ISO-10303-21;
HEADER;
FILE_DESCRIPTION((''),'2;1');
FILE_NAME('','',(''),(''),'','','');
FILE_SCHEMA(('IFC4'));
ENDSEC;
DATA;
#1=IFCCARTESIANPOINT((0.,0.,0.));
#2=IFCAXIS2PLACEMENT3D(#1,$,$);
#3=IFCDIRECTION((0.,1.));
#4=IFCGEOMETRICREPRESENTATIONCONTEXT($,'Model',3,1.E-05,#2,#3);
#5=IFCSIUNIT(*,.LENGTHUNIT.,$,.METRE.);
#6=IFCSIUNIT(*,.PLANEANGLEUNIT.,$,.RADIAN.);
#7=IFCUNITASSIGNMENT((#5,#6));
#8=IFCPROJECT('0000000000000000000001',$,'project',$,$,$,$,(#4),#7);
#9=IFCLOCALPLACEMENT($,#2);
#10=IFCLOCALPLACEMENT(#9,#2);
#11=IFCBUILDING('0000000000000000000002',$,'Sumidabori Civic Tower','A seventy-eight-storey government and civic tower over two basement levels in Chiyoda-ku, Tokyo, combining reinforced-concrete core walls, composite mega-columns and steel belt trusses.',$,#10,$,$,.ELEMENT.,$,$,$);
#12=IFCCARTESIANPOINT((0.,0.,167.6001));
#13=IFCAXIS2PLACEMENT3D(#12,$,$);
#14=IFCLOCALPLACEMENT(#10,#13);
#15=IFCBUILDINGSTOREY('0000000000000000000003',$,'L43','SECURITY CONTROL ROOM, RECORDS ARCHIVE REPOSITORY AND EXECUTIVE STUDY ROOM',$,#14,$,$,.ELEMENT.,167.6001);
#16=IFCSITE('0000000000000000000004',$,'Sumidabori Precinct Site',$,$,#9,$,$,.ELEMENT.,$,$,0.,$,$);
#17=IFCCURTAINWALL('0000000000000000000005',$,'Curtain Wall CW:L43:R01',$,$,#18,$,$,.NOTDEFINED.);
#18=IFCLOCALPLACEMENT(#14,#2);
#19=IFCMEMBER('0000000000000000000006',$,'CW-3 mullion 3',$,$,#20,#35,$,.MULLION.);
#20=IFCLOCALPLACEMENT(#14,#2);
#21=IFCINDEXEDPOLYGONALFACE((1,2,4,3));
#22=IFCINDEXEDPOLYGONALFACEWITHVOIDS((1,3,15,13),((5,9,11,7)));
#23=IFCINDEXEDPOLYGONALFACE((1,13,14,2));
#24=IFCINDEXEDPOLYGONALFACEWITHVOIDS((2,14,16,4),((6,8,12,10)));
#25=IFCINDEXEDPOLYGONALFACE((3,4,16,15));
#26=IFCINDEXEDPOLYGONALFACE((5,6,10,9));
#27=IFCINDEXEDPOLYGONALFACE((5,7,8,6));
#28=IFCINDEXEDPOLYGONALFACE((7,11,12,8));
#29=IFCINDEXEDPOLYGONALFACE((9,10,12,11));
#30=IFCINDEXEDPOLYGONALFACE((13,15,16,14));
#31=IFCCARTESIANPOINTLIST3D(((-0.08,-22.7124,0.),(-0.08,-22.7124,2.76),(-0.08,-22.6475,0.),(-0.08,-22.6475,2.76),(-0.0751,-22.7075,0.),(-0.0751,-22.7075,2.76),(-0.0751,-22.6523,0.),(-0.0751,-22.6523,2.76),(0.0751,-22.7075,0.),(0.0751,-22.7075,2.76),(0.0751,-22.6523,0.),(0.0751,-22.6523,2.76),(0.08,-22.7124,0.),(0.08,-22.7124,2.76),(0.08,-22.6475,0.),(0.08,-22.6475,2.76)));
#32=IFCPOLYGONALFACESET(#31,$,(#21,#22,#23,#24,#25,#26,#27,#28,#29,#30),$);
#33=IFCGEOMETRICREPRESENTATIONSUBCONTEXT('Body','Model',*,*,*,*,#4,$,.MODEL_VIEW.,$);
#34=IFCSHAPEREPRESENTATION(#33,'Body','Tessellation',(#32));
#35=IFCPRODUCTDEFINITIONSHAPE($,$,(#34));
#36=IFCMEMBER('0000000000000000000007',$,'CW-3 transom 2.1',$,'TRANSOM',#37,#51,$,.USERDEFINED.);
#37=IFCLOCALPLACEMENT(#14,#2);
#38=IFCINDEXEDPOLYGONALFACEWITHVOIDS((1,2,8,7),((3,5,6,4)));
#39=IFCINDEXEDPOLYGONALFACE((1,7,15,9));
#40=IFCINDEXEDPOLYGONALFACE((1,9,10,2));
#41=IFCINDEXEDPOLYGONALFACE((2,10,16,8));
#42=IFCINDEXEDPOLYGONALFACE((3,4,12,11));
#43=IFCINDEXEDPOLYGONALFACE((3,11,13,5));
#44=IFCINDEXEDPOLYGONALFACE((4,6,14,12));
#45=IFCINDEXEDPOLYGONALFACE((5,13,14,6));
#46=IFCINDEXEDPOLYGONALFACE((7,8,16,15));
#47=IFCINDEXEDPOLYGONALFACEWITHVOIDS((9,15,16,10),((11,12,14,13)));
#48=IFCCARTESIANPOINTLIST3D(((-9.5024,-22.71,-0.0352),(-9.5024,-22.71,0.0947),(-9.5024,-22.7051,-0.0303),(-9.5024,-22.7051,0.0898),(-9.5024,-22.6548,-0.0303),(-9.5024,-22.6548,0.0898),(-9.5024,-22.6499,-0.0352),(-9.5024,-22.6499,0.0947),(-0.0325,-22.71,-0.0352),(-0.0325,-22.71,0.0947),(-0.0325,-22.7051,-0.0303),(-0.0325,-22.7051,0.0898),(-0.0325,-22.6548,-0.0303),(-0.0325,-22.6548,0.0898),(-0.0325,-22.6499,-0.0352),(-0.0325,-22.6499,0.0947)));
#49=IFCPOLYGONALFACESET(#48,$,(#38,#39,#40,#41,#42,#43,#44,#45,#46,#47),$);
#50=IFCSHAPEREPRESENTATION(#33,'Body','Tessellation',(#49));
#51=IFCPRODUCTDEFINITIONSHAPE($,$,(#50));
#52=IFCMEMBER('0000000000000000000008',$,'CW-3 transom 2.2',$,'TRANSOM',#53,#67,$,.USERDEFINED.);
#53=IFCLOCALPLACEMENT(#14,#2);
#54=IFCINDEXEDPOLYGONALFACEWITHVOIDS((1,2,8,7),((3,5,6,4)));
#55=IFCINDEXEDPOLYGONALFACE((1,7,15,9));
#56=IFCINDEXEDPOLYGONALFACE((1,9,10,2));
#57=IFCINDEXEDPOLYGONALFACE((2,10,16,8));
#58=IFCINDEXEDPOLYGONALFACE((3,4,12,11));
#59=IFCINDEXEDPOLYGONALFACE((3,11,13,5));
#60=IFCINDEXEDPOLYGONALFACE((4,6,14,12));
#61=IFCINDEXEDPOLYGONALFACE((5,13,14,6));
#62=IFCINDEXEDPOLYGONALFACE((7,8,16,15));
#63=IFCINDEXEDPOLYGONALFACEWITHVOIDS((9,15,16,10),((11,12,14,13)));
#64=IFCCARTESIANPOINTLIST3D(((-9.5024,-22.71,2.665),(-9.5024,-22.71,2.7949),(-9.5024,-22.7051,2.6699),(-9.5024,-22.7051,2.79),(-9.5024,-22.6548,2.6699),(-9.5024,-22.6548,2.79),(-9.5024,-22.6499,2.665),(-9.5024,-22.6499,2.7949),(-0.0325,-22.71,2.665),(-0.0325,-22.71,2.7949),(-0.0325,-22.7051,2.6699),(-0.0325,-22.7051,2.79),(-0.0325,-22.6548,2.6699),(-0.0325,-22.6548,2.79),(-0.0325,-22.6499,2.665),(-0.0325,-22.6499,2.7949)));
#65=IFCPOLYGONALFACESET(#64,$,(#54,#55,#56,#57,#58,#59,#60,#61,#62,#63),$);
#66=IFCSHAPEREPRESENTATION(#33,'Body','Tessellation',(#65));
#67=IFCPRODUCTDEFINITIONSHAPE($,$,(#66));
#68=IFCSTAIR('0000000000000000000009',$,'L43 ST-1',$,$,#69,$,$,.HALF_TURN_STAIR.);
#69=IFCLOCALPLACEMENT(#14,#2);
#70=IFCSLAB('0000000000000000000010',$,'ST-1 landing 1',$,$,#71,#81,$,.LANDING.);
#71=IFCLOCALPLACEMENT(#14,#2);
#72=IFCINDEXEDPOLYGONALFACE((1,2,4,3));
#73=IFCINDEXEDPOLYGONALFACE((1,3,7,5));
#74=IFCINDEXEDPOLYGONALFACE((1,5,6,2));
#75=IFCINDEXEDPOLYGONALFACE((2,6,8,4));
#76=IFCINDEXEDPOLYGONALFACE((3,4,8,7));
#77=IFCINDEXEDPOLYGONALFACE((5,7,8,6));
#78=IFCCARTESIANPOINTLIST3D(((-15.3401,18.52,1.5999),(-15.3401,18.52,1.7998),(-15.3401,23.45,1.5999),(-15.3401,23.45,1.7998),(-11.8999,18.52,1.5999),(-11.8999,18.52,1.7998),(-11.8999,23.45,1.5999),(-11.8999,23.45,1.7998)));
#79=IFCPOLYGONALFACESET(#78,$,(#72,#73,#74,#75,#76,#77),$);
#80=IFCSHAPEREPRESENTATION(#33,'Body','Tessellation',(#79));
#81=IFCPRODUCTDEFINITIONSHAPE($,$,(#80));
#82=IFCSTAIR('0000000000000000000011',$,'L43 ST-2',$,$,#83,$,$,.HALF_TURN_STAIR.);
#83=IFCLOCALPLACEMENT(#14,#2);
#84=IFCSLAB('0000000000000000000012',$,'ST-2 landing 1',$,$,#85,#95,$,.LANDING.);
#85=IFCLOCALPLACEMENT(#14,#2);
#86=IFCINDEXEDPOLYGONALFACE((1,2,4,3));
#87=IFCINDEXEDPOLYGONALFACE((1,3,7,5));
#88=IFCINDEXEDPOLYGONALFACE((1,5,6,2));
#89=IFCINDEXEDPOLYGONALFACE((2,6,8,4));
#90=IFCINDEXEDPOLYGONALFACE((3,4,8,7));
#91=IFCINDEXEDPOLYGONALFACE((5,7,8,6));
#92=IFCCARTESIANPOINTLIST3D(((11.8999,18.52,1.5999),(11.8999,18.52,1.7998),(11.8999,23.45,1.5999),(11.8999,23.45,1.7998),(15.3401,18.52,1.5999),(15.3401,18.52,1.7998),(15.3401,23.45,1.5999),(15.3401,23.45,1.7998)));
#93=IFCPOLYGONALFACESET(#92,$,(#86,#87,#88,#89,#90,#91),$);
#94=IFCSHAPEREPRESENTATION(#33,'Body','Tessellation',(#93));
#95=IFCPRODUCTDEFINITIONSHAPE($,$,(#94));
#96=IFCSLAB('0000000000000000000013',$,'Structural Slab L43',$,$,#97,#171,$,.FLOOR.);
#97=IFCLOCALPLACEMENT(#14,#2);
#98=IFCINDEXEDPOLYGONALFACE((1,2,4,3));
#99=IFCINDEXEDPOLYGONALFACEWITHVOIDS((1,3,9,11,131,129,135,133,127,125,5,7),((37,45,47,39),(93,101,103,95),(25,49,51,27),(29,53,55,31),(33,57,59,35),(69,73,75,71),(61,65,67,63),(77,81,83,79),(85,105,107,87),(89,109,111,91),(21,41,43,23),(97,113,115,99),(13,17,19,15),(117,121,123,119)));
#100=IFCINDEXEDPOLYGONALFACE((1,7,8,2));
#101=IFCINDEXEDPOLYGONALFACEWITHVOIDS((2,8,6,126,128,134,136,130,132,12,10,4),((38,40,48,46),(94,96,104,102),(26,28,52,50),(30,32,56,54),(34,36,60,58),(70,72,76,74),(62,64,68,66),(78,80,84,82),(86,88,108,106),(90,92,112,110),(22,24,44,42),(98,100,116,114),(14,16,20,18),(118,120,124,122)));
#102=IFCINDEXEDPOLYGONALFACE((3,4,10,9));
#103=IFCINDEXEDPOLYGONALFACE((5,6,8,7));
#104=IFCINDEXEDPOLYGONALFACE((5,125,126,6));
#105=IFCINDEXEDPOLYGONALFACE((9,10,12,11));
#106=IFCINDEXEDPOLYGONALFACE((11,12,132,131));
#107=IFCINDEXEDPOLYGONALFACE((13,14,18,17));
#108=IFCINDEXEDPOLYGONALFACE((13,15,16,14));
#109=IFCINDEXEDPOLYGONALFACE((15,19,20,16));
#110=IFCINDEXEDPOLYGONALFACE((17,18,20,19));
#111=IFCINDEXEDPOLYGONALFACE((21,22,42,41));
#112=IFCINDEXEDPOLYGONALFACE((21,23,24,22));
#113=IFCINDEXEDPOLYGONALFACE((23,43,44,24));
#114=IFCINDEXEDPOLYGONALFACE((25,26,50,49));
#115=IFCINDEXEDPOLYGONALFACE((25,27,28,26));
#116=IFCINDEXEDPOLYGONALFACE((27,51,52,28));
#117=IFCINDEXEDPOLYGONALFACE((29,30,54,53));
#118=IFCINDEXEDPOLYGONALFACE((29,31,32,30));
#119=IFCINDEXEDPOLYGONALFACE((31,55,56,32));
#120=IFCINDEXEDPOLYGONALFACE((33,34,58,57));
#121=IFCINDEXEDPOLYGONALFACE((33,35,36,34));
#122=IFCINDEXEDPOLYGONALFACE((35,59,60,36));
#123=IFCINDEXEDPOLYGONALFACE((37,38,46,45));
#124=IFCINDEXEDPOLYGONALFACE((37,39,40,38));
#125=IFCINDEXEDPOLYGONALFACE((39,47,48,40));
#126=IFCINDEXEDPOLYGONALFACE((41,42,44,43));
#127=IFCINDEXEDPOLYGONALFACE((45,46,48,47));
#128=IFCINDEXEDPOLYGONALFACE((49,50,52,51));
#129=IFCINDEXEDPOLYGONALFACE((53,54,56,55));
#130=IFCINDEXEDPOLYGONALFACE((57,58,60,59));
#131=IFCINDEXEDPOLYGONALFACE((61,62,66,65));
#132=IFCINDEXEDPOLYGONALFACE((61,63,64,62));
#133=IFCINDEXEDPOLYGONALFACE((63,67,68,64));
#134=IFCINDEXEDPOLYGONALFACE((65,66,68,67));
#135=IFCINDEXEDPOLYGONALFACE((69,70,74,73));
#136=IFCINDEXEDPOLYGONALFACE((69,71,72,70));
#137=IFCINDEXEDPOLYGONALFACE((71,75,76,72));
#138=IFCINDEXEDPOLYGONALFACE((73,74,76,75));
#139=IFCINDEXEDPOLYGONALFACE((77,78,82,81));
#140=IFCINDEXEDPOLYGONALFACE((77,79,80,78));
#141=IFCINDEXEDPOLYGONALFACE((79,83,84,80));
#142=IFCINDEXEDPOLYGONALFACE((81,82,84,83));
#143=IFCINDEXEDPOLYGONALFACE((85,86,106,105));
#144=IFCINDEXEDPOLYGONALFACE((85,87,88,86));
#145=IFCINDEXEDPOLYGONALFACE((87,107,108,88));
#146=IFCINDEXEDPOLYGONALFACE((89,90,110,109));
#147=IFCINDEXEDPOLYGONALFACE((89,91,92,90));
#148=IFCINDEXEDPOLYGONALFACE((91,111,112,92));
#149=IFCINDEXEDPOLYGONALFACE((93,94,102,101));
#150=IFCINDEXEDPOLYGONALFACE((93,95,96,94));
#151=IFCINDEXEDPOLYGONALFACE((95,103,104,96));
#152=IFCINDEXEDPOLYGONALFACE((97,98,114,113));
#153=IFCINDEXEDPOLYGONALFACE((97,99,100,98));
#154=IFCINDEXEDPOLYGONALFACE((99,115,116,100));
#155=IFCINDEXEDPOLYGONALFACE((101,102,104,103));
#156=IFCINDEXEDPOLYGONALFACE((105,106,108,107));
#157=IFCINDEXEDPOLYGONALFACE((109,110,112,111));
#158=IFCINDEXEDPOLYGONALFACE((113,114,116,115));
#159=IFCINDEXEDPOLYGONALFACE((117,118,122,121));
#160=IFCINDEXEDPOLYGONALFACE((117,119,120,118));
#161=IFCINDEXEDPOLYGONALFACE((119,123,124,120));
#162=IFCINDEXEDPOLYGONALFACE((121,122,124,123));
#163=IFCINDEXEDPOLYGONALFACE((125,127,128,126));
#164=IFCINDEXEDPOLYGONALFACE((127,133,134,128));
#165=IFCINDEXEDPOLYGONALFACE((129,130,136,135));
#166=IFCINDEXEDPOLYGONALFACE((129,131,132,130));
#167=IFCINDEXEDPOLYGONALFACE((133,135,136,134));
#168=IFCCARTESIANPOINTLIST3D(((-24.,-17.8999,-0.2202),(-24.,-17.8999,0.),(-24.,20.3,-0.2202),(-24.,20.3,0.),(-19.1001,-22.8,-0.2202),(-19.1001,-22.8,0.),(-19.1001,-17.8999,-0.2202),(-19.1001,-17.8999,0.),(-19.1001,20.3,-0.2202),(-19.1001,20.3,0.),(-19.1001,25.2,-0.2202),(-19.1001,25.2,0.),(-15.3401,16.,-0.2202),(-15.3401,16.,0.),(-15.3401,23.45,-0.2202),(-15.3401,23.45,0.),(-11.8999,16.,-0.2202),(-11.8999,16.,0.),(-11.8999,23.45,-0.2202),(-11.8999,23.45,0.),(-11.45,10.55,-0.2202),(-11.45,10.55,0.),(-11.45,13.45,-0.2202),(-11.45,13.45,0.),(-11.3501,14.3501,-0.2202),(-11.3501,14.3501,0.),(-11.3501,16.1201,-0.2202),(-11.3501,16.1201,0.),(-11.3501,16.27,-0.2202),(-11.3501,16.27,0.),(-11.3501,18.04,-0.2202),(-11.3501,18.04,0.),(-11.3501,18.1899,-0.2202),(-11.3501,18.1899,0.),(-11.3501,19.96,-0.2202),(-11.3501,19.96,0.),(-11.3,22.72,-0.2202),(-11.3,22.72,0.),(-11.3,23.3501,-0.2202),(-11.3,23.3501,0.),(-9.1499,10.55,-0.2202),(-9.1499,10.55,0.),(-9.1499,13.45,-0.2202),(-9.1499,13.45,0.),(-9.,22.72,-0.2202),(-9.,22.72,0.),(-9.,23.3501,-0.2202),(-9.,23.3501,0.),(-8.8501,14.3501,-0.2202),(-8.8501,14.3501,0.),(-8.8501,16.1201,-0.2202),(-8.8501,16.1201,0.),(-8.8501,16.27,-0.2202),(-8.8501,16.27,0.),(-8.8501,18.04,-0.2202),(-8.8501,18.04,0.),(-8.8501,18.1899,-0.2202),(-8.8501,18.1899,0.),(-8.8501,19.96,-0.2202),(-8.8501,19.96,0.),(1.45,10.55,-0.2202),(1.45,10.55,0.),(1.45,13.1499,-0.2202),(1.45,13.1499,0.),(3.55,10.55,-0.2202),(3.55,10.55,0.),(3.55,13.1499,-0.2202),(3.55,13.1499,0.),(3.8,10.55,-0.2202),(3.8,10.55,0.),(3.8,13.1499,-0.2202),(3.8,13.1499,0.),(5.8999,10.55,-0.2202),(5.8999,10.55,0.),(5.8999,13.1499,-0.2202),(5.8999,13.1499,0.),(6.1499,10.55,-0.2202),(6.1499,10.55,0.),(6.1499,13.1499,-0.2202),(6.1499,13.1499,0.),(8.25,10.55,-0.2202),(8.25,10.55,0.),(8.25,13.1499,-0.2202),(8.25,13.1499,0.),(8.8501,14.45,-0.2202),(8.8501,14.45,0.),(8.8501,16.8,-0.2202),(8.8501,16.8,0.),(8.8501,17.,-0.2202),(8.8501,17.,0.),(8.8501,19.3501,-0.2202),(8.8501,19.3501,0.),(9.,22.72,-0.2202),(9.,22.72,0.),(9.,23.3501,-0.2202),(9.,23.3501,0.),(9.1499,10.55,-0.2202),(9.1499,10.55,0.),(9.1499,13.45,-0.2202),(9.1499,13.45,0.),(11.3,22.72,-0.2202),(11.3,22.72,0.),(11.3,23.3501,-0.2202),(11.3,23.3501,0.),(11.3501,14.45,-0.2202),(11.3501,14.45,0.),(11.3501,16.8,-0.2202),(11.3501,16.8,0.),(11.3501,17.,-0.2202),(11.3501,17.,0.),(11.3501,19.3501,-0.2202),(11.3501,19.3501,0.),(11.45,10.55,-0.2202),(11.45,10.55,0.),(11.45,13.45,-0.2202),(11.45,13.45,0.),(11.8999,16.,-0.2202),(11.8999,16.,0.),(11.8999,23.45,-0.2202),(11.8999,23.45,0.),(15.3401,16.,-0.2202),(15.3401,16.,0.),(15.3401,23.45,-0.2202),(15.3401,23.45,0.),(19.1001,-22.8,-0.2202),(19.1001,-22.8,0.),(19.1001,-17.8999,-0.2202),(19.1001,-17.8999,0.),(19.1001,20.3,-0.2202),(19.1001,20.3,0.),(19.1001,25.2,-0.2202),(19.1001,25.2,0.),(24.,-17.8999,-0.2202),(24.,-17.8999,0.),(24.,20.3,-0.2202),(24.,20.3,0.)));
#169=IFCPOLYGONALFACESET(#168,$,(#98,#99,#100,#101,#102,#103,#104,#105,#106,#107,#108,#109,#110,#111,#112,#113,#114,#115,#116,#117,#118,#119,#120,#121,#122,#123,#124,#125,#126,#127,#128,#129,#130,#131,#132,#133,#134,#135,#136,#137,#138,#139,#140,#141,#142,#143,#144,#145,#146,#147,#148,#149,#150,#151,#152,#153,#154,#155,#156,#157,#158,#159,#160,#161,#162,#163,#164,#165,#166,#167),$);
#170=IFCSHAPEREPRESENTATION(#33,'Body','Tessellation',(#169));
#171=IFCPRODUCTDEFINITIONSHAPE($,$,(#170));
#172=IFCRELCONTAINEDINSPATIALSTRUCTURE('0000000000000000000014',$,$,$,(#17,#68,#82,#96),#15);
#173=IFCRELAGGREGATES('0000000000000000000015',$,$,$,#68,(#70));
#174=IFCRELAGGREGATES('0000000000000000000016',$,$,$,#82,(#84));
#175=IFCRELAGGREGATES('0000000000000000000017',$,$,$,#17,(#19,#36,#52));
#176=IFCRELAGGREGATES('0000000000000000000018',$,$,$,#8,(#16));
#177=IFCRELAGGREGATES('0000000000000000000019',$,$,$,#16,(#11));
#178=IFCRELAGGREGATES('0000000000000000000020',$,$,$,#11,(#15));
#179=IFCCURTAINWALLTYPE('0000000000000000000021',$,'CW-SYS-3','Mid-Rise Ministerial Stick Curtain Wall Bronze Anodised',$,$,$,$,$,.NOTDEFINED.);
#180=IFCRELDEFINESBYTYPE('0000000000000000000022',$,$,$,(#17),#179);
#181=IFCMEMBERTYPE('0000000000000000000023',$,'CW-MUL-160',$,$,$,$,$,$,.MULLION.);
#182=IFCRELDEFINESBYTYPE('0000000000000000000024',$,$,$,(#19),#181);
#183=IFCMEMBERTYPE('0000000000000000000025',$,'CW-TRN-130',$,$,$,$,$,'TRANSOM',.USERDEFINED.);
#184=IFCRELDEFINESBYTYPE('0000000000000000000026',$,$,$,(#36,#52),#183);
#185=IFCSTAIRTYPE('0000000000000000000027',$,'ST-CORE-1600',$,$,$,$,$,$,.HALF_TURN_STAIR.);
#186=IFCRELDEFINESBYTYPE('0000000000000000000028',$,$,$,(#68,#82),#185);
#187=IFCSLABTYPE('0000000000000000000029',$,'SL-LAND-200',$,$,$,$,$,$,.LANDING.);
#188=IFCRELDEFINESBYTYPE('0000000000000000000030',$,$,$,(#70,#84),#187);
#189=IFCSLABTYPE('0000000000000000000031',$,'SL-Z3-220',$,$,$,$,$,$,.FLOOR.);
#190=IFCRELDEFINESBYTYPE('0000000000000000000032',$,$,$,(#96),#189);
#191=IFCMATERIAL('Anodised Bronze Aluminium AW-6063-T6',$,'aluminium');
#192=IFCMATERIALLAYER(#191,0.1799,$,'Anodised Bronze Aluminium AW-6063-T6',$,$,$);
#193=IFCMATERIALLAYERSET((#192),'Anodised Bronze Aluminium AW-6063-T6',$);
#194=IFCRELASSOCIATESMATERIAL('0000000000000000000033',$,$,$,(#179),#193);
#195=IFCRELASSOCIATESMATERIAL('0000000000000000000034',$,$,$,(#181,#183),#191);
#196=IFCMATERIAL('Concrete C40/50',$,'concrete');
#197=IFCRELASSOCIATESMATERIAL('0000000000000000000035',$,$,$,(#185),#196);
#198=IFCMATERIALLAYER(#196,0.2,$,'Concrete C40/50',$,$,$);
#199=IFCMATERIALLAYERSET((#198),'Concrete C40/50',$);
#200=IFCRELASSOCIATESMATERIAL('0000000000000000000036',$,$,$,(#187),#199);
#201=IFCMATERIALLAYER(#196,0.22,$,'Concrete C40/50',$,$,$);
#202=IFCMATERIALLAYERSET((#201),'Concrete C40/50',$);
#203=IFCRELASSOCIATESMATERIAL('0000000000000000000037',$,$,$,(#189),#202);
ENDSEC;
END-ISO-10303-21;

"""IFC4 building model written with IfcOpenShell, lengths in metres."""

from ifc_helpers import new_model, si_unit, direction, frame, origin, origin_2d, place, context, subcontext, project, spatial, polyline, hollow_rectangle, outline, extrude, source, transform, mapped, material, layer, layer_set, material_profile, profile_set, type_object, element, aggregate, save


model = new_model("IFC4")

# Units and contexts
model_context = context("Model", 3, precision=1e-05, world=origin(), true_north=direction((0.0, 1.0)))
body_context = subcontext(model_context, "Body", "Model", "MODEL_VIEW")
ifc_project = project(units=[si_unit("LENGTHUNIT", "METRE"), si_unit("PLANEANGLEUNIT", "RADIAN")], contexts=[model_context])

# Site, building, storey
site_placement = place(None, origin())
site = spatial("IfcSite", under=ifc_project, at=site_placement, Name="Sumidabori Precinct Site", CompositionType="ELEMENT", RefElevation=0.0)
building_placement = place(site_placement, origin())
building = spatial("IfcBuilding", under=site, at=building_placement, Name="Sumidabori Civic Tower", Description="A seventy-eight-storey government and civic tower over two basement levels in Chiyoda-ku, Tokyo, combining reinforced-concrete core walls, composite mega-columns and steel belt trusses.", CompositionType="ELEMENT")
storey_placement = place(building_placement, frame((0.0, 0.0, 167.6001)))
storey = spatial("IfcBuildingStorey", under=building, at=storey_placement, Name="L43", Description="SECURITY CONTROL ROOM, RECORDS ARCHIVE REPOSITORY AND EXECUTIVE STUDY ROOM", CompositionType="ELEMENT", Elevation=167.6001)

# Curtain wall, members
ifc_material_1 = material(Name="Anodised Bronze Aluminium AW-6063-T6", Category="aluminium")
ifc_layer_1 = layer(ifc_material_1, 0.1799, Name="Anodised Bronze Aluminium AW-6063-T6")
ifc_layer_set_1 = layer_set([ifc_layer_1], Name="Anodised Bronze Aluminium AW-6063-T6")
curtain_wall_type = type_object("IfcCurtainWallType", Name="CW-SYS-3", Description="Mid-Rise Ministerial Stick Curtain Wall Bronze Anodised", PredefinedType="NOTDEFINED", material=ifc_layer_set_1)
curtain_wall_placement = place(storey_placement, origin())
curtain_wall = element("IfcCurtainWall", 1, at=curtain_wall_placement, inside=storey, type_object=curtain_wall_type, Name="Curtain Wall CW:L43:R01", PredefinedType="NOTDEFINED")
ifc_material_profile_1 = material_profile(ifc_material_1, hollow_rectangle(XDim=0.0649, YDim=0.1599, WallThickness=0.0049, at=origin_2d()), Name="ALU MULLION 160x65")
ifc_profile_set_1 = profile_set([ifc_material_profile_1], Name="Anodised Bronze Aluminium AW-6063-T6")
member_type_1 = type_object("IfcMemberType", Name="CW-MUL-160", PredefinedType="MULLION", material=ifc_profile_set_1)
shared_shape_1 = source(origin(), body_context, "Body", "SweptSolid", [
    extrude(hollow_rectangle(XDim=0.0649, YDim=0.1599, WallThickness=0.0049, at=origin_2d()), origin(), (0.0, 0.0, 1.0), 2.76),
])
member_1_placement = place(storey_placement, frame((0.0, -22.6799, 0.0), z_axis=(0.0, 0.0, 1.0), x_axis=(0.0, 1.0, 0.0)))
member_1 = element("IfcMember", 2, at=member_1_placement, type_object=member_type_1, Name="CW-3 mullion 3", PredefinedType="MULLION", context=body_context, shape_type="MappedRepresentation", body=[
    mapped(shared_shape_1, transform((0.0, 0.0, 0.0), x_axis=(1.0, 0.0, 0.0), y_axis=(0.0, 1.0, 0.0), z_axis=(0.0, 0.0, 1.0), scale=1.0)),
])
ifc_material_profile_2 = material_profile(ifc_material_1, hollow_rectangle(XDim=0.0601, YDim=0.1299, WallThickness=0.0049, at=origin_2d()), Name="ALU TRANSOM 130x60")
ifc_profile_set_2 = profile_set([ifc_material_profile_2], Name="Anodised Bronze Aluminium AW-6063-T6")
member_type_2 = type_object("IfcMemberType", Name="CW-TRN-130", ElementType="TRANSOM", PredefinedType="USERDEFINED", material=ifc_profile_set_2)
shared_shape_2 = source(origin(), body_context, "Body", "SweptSolid", [
    extrude(hollow_rectangle(XDim=0.0601, YDim=0.1299, WallThickness=0.0049, at=origin_2d()), origin(), (0.0, 0.0, 1.0), 9.47),
])
member_2_placement = place(storey_placement, frame((-9.5024, -22.6799, 0.0298), z_axis=(1.0, 0.0, 0.0), x_axis=(0.0, 1.0, 0.0)))
member_2 = element("IfcMember", 3, at=member_2_placement, type_object=member_type_2, Name="CW-3 transom 2.1", ObjectType="TRANSOM", PredefinedType="USERDEFINED", context=body_context, shape_type="MappedRepresentation", body=[
    mapped(shared_shape_2, transform((0.0, 0.0, 0.0), x_axis=(1.0, 0.0, 0.0), y_axis=(0.0, 1.0, 0.0), z_axis=(0.0, 0.0, 1.0), scale=1.0)),
])
member_3_placement = place(storey_placement, frame((-9.5024, -22.6799, 2.73), z_axis=(1.0, 0.0, 0.0), x_axis=(0.0, 1.0, 0.0)))
member_3 = element("IfcMember", 4, at=member_3_placement, type_object=member_type_2, Name="CW-3 transom 2.2", ObjectType="TRANSOM", PredefinedType="USERDEFINED", context=body_context, shape_type="MappedRepresentation", body=[
    mapped(shared_shape_2, transform((0.0, 0.0, 0.0), x_axis=(1.0, 0.0, 0.0), y_axis=(0.0, 1.0, 0.0), z_axis=(0.0, 0.0, 1.0), scale=1.0)),
])

# Stairs, slabs
ifc_material_2 = material(Name="Concrete C40/50", Category="concrete")
stair_type = type_object("IfcStairType", Name="ST-CORE-1600", PredefinedType="HALF_TURN_STAIR", material=ifc_material_2)
stair_1_placement = place(storey_placement, origin())
stair_1 = element("IfcStair", 5, at=stair_1_placement, inside=storey, type_object=stair_type, Name="L43 ST-1", PredefinedType="HALF_TURN_STAIR")
ifc_layer_2 = layer(ifc_material_2, 0.2, Name="Concrete C40/50")
ifc_layer_set_2 = layer_set([ifc_layer_2], Name="Concrete C40/50")
slab_type_1 = type_object("IfcSlabType", Name="SL-LAND-200", PredefinedType="LANDING", material=ifc_layer_set_2)
slab_1_placement = place(storey_placement, frame((0.0, 0.0, 1.5999)))
slab_1 = element("IfcSlab", 6, at=slab_1_placement, type_object=slab_type_1, Name="ST-1 landing 1", PredefinedType="LANDING", context=body_context, shape_type="SweptSolid", body=[
    extrude(outline(polyline([(-11.8999, 18.52), (-11.8999, 23.45), (-15.3401, 23.45), (-15.3401, 18.52), (-11.8999, 18.52)])), origin(), (0.0, 0.0, 1.0), 0.2),
])
aggregate(stair_1, [slab_1])
stair_2_placement = place(storey_placement, origin())
stair_2 = element("IfcStair", 7, at=stair_2_placement, inside=storey, type_object=stair_type, Name="L43 ST-2", PredefinedType="HALF_TURN_STAIR")
slab_2_placement = place(storey_placement, frame((0.0, 0.0, 1.5999)))
slab_2 = element("IfcSlab", 8, at=slab_2_placement, type_object=slab_type_1, Name="ST-2 landing 1", PredefinedType="LANDING", context=body_context, shape_type="SweptSolid", body=[
    extrude(outline(polyline([(15.3401, 18.52), (15.3401, 23.45), (11.8999, 23.45), (11.8999, 18.52), (15.3401, 18.52)])), origin(), (0.0, 0.0, 1.0), 0.2),
])
aggregate(stair_2, [slab_2])

# Slab
ifc_layer_3 = layer(ifc_material_2, 0.22, Name="Concrete C40/50")
ifc_layer_set_3 = layer_set([ifc_layer_3], Name="Concrete C40/50")
slab_type_2 = type_object("IfcSlabType", Name="SL-Z3-220", PredefinedType="FLOOR", material=ifc_layer_set_3)
slab_3_placement = place(storey_placement, frame((0.0, 0.0, -0.2202)))
element("IfcSlab", 9, at=slab_3_placement, inside=storey, type_object=slab_type_2, Name="Structural Slab L43", PredefinedType="FLOOR", context=body_context, shape_type="SweptSolid", body=[
    extrude(outline(polyline([(-19.1001, -22.8), (19.1001, -22.8), (19.1001, -17.8999), (24.0, -17.8999), (24.0, 20.3), (19.1001, 20.3), (19.1001, 25.2), (-19.1001, 25.2), (-19.1001, 20.3), (-24.0, 20.3), (-24.0, -17.8999), (-19.1001, -17.8999), (-19.1001, -22.8)]), holes=[polyline([(-11.8999, 16.0), (-11.8999, 23.45), (-15.3401, 23.45), (-15.3401, 16.0), (-11.8999, 16.0)]), polyline([(15.3401, 16.0), (15.3401, 23.45), (11.8999, 23.45), (11.8999, 16.0), (15.3401, 16.0)]), polyline([(-11.45, 10.55), (-9.1499, 10.55), (-9.1499, 13.45), (-11.45, 13.45), (-11.45, 10.55)]), polyline([(9.1499, 10.55), (11.45, 10.55), (11.45, 13.45), (9.1499, 13.45), (9.1499, 10.55)]), polyline([(1.45, 10.55), (3.55, 10.55), (3.55, 13.1499), (1.45, 13.1499), (1.45, 10.55)]), polyline([(3.8, 10.55), (5.8999, 10.55), (5.8999, 13.1499), (3.8, 13.1499), (3.8, 10.55)]), polyline([(6.1499, 10.55), (8.25, 10.55), (8.25, 13.1499), (6.1499, 13.1499), (6.1499, 10.55)]), polyline([(-11.3501, 14.3501), (-8.8501, 14.3501), (-8.8501, 16.1201), (-11.3501, 16.1201), (-11.3501, 14.3501)]), polyline([(-11.3501, 16.27), (-8.8501, 16.27), (-8.8501, 18.04), (-11.3501, 18.04), (-11.3501, 16.27)]), polyline([(-11.3501, 18.1899), (-8.8501, 18.1899), (-8.8501, 19.96), (-11.3501, 19.96), (-11.3501, 18.1899)]), polyline([(8.8501, 14.45), (11.3501, 14.45), (11.3501, 16.8), (8.8501, 16.8), (8.8501, 14.45)]), polyline([(8.8501, 17.0), (11.3501, 17.0), (11.3501, 19.3501), (8.8501, 19.3501), (8.8501, 17.0)]), polyline([(-11.3, 22.72), (-9.0, 22.72), (-9.0, 23.3501), (-11.3, 23.3501), (-11.3, 22.72)]), polyline([(9.0, 22.72), (11.3, 22.72), (11.3, 23.3501), (9.0, 23.3501), (9.0, 22.72)])]), origin(), (0.0, 0.0, 1.0), 0.2202),
])

aggregate(curtain_wall, [member_1, member_2, member_3])

save(model, "model.ifc")
